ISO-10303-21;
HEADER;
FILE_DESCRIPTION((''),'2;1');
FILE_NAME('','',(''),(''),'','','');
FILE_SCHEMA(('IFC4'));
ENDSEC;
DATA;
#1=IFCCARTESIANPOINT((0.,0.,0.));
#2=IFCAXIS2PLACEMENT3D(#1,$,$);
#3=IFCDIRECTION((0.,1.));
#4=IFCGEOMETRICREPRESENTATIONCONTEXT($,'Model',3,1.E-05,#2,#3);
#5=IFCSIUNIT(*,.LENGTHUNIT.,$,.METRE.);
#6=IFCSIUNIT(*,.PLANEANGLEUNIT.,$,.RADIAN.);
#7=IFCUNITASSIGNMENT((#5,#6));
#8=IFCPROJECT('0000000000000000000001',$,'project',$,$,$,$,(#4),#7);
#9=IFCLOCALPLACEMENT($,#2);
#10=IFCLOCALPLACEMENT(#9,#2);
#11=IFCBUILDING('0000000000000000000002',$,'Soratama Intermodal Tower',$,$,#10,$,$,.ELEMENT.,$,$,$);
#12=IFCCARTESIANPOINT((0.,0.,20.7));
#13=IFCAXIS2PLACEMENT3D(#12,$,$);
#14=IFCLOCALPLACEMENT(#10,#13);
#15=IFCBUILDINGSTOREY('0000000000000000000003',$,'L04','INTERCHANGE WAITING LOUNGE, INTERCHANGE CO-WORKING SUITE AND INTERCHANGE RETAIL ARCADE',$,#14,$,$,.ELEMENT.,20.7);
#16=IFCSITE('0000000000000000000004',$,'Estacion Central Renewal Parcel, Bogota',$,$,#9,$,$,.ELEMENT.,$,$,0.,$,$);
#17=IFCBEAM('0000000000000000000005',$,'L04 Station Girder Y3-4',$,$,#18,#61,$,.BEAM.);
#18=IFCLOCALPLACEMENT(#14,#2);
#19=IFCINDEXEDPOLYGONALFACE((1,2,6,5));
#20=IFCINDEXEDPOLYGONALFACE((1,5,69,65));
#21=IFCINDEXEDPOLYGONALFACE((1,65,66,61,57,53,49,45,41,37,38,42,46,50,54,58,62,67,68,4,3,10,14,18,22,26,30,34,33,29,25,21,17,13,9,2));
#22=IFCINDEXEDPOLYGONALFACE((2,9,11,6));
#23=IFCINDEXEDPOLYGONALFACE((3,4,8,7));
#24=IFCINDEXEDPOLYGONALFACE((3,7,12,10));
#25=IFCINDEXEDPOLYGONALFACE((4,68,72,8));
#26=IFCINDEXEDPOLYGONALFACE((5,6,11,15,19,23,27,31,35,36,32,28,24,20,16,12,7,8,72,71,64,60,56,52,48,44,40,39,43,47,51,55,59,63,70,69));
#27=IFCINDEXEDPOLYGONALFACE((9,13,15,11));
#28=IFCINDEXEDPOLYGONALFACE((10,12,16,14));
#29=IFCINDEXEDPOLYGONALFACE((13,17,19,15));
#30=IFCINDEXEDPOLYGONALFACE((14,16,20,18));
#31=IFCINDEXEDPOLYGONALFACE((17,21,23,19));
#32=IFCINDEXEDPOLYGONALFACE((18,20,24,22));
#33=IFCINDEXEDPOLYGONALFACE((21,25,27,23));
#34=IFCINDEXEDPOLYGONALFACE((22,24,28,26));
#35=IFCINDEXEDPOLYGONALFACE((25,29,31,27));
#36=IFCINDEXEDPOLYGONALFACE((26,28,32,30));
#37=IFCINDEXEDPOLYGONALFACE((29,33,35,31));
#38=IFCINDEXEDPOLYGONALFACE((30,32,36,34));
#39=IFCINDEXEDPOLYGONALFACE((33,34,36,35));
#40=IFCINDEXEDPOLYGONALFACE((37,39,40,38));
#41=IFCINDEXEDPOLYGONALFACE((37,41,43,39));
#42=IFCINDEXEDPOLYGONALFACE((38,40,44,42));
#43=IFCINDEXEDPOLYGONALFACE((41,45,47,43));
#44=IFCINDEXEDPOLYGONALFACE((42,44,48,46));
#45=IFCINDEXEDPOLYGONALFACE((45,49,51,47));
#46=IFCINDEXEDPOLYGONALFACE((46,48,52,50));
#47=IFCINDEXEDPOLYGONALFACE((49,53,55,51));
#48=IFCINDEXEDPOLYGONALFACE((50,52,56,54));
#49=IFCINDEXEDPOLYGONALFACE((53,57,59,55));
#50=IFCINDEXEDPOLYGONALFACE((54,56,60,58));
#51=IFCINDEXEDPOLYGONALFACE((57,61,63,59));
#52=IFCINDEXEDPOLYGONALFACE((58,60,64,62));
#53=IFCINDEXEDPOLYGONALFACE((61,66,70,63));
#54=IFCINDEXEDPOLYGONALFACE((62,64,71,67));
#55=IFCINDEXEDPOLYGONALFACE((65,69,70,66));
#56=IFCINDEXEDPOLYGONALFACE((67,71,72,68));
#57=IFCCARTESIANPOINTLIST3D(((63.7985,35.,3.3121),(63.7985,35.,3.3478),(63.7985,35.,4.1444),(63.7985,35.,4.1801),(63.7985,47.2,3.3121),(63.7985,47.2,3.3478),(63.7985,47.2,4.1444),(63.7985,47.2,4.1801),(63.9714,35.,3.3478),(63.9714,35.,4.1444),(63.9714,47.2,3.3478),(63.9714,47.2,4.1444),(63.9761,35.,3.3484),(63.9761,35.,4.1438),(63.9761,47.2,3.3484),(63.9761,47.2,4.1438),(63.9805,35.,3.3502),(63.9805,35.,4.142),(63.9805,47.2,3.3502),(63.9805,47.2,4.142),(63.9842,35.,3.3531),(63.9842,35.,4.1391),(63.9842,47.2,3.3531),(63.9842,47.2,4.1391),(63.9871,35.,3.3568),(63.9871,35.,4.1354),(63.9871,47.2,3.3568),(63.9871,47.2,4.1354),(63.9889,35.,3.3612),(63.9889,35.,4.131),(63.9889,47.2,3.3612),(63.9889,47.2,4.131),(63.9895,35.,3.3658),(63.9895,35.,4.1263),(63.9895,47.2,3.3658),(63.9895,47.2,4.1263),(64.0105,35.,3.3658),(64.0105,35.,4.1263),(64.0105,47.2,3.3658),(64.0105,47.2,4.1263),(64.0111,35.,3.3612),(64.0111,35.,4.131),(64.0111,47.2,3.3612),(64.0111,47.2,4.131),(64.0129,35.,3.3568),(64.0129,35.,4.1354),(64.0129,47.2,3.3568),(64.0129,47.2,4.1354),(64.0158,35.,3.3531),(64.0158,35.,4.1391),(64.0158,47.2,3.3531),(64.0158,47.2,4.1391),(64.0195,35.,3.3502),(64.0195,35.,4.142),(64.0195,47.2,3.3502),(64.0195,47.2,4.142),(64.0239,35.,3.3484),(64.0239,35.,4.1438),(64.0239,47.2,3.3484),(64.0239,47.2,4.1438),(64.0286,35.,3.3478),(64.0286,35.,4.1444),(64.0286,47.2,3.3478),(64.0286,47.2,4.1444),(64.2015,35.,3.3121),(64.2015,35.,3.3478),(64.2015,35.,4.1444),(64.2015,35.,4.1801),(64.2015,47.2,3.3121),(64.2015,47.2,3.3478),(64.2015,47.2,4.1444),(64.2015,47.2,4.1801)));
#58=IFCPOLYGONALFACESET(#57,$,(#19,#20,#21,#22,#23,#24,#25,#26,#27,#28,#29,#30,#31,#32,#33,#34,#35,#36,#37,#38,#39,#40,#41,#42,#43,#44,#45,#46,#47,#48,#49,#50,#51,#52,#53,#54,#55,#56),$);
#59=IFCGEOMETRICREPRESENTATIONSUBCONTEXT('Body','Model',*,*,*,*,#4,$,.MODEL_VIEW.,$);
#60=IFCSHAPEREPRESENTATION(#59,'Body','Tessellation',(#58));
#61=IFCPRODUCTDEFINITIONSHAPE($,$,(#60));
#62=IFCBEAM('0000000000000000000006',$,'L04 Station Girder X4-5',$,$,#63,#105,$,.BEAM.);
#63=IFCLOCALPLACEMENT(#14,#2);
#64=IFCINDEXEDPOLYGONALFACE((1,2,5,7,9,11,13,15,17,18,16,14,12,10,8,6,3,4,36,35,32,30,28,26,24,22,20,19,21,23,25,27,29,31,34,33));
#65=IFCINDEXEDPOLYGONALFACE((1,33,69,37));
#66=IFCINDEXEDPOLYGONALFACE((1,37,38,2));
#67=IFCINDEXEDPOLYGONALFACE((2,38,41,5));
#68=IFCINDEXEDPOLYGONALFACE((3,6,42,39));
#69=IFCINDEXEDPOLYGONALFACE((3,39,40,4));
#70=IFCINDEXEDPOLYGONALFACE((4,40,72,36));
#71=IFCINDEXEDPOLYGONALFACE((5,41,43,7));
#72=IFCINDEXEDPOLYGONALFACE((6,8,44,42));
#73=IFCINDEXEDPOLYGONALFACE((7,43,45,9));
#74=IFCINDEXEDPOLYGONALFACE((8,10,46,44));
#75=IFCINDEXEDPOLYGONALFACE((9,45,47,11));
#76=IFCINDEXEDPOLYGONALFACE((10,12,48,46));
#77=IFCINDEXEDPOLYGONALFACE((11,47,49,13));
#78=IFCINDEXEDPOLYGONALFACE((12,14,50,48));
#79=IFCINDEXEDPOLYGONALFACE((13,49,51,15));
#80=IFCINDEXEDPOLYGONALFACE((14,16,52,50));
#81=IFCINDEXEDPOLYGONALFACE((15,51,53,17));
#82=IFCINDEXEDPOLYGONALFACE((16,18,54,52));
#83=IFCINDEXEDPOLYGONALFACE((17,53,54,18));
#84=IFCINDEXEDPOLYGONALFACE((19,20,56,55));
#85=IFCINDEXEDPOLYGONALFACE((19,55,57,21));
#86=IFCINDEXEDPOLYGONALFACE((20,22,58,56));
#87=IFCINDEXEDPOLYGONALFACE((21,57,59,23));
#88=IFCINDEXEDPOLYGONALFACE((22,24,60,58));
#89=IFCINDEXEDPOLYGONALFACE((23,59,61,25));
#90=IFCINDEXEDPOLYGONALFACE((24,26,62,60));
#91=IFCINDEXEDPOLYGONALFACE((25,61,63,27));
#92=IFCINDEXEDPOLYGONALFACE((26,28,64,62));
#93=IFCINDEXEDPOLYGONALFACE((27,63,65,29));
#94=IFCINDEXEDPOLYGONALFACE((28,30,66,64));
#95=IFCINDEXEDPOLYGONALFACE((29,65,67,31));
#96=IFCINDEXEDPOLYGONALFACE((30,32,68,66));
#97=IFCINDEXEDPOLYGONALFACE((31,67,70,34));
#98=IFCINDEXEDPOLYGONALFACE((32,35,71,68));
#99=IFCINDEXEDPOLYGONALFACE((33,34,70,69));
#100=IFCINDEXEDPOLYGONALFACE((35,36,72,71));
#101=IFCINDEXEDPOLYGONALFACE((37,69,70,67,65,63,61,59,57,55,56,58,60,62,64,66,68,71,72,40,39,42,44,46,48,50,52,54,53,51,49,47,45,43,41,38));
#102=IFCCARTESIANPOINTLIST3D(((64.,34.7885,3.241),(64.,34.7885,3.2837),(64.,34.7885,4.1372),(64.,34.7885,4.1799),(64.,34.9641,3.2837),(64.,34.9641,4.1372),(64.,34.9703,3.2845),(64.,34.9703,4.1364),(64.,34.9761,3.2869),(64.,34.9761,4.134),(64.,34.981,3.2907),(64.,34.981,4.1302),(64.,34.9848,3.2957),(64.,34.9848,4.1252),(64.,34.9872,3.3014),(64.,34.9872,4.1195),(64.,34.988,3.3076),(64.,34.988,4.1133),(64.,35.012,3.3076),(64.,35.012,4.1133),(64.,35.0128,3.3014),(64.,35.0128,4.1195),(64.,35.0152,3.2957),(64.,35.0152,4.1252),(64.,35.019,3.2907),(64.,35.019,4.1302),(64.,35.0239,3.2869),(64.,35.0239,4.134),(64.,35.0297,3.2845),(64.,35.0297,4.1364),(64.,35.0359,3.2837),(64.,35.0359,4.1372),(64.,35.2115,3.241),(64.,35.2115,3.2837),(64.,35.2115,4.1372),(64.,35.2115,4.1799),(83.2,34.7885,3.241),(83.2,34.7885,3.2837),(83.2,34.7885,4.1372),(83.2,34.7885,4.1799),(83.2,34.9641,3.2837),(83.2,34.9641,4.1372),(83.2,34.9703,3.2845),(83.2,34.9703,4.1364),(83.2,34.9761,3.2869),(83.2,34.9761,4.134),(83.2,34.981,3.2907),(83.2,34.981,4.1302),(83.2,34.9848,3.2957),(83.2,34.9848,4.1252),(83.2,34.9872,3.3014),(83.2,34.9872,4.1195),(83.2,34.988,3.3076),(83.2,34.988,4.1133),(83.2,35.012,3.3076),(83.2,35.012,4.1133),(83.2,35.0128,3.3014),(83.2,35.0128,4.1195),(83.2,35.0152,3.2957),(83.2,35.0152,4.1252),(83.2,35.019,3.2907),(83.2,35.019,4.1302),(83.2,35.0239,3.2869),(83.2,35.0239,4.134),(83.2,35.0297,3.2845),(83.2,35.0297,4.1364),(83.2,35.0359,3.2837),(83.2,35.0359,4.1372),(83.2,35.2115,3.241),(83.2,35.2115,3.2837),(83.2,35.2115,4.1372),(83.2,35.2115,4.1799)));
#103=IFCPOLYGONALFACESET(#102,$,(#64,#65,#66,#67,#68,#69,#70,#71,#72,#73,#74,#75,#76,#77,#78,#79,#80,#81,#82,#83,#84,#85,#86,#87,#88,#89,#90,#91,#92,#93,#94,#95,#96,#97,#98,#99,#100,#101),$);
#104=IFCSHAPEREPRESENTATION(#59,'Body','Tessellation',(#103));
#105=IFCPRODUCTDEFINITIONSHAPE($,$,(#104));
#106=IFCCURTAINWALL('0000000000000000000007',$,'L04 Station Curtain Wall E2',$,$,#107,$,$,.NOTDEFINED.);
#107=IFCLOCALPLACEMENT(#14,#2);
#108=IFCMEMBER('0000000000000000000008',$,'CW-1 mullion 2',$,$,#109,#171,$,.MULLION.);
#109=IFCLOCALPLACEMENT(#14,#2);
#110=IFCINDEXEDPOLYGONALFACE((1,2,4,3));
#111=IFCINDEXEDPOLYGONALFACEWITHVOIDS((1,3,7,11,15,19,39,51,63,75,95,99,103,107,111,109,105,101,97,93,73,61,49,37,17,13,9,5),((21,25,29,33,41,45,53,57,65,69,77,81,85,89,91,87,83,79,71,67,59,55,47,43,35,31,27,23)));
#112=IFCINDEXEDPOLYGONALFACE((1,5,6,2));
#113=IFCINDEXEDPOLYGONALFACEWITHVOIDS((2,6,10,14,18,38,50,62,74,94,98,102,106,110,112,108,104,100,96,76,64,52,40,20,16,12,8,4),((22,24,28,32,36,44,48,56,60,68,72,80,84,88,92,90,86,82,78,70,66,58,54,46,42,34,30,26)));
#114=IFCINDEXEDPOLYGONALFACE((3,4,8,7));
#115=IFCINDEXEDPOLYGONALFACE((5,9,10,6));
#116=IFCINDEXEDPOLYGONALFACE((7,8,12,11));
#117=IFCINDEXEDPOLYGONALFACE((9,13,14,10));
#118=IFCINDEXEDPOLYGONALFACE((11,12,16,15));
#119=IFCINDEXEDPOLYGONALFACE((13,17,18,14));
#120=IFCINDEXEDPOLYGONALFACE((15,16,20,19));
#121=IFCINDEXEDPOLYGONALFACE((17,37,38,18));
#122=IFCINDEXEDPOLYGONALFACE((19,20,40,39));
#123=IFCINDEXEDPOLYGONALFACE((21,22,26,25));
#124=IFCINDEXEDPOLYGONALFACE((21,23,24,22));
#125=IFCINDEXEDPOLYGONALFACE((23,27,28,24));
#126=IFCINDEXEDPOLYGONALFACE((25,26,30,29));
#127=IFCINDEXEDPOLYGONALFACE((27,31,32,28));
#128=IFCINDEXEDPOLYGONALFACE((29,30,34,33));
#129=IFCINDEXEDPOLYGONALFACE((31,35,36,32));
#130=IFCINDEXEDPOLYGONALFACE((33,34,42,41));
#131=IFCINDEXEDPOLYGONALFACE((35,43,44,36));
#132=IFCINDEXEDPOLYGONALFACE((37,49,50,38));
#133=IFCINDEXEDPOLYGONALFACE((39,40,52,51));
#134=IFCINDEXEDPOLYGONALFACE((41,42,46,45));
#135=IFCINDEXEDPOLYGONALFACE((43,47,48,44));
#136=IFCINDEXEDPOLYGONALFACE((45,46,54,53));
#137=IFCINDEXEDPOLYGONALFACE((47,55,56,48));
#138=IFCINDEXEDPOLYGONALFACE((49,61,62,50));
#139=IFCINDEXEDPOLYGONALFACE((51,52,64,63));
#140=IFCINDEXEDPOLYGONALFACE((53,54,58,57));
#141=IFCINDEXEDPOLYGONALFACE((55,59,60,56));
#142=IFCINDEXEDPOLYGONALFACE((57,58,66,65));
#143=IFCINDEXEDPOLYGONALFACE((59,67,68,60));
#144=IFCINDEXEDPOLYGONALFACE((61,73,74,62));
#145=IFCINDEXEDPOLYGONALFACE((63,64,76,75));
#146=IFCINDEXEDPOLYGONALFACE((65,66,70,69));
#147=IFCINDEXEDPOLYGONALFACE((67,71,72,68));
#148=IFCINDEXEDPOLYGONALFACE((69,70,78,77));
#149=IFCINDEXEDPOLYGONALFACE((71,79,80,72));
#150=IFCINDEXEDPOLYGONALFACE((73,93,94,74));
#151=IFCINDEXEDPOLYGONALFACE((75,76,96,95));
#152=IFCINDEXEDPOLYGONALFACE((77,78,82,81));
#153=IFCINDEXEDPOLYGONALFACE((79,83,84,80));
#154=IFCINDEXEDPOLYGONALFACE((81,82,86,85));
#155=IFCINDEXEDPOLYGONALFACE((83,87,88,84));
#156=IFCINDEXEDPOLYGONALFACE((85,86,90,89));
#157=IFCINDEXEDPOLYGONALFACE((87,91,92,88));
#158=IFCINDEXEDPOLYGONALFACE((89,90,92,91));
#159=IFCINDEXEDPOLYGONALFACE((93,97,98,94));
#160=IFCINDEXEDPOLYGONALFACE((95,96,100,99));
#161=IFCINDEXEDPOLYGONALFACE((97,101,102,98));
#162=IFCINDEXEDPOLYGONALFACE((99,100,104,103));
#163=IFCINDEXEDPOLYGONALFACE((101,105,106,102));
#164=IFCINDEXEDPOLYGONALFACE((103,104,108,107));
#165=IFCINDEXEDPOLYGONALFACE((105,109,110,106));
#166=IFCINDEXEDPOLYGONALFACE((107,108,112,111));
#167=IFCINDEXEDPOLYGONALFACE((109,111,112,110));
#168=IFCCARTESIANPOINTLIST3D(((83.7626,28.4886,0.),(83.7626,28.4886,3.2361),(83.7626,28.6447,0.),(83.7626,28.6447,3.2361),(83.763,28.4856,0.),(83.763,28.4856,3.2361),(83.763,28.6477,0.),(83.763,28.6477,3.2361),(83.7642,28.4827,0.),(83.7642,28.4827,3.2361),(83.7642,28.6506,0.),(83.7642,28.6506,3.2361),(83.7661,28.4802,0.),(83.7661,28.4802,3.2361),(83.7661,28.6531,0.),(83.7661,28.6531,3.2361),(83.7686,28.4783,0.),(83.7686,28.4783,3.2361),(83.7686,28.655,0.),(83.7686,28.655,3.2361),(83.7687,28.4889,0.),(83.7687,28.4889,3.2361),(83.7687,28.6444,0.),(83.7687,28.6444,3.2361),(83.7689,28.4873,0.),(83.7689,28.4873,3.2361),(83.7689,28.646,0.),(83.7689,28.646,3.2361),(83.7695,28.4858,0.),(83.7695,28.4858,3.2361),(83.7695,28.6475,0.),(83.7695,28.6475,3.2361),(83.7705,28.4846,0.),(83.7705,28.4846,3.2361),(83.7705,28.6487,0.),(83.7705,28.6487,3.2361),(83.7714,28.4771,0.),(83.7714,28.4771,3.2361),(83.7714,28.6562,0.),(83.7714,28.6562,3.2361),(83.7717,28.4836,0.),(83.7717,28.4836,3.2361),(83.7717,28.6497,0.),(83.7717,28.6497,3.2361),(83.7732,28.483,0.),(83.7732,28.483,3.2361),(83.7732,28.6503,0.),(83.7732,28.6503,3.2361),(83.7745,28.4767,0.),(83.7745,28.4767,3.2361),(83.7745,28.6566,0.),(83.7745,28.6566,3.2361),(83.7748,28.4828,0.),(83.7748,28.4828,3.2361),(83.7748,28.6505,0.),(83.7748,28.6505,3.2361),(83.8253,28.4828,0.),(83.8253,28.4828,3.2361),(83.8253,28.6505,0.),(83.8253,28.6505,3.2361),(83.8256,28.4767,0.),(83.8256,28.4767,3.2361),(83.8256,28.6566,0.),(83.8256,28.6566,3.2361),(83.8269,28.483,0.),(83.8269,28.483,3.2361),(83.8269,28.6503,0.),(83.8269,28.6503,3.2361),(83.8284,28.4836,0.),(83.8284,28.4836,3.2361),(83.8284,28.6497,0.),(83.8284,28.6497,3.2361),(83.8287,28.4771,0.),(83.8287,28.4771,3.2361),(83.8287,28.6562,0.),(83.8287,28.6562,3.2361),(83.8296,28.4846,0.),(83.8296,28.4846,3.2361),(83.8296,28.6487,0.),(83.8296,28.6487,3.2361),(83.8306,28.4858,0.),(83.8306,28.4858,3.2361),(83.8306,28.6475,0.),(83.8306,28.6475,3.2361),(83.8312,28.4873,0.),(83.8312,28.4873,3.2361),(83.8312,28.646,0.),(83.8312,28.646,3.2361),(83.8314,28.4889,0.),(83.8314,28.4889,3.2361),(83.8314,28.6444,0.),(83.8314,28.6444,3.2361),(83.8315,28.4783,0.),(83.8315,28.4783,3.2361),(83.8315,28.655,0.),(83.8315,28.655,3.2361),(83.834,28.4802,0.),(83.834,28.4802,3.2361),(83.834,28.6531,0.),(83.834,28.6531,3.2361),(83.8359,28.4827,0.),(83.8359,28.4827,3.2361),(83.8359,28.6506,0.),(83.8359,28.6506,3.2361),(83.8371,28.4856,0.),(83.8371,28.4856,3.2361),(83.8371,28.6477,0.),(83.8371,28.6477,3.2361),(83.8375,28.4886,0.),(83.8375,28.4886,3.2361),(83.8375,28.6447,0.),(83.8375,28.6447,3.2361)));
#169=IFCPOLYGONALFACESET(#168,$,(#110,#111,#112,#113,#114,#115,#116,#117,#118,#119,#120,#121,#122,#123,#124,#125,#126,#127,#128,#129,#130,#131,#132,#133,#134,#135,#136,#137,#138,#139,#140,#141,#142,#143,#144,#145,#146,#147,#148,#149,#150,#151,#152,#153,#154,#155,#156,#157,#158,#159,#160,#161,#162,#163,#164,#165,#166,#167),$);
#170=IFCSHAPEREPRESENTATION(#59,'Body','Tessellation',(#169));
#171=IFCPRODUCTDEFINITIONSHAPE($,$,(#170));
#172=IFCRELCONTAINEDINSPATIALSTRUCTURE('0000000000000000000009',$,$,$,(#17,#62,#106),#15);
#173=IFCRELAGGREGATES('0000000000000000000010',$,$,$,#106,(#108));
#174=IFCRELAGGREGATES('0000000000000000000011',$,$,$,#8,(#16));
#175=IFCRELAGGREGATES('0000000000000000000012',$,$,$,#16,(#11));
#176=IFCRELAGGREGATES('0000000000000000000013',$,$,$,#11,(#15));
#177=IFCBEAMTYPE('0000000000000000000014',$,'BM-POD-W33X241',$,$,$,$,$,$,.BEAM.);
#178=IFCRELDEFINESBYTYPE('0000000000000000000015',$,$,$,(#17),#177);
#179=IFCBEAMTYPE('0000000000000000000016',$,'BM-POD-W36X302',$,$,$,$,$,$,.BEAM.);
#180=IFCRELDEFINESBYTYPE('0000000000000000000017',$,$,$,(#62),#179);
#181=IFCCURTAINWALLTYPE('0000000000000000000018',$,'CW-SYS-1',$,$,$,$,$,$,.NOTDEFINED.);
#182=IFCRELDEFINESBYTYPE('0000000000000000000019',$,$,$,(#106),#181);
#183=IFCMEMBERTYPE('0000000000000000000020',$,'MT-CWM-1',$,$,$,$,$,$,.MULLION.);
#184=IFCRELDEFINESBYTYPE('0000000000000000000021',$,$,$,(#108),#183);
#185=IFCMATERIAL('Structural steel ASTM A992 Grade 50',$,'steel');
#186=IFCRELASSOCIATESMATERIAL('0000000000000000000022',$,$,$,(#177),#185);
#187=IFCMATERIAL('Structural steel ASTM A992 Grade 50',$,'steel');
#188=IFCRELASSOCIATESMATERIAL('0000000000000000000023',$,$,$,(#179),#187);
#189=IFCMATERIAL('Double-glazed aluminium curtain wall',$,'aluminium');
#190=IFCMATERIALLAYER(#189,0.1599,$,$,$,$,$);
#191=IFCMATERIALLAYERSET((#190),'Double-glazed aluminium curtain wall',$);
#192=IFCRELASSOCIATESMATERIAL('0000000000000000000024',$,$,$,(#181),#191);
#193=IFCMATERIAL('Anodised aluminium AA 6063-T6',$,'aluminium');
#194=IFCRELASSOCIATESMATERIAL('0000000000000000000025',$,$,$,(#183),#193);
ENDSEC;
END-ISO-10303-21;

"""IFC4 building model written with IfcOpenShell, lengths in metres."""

from ifc_helpers import new_model, si_unit, direction, frame, origin, origin_2d, place, context, subcontext, project, spatial, hollow_rectangle, i_section, extrude, material, layer, layer_set, material_profile, profile_set, type_object, element, aggregate, save


model = new_model("IFC4")

# Units and contexts
model_context = context("Model", 3, precision=1e-05, world=origin(), true_north=direction((0.0, 1.0)))
body_context = subcontext(model_context, "Body", "Model", "MODEL_VIEW")
ifc_project = project(units=[si_unit("LENGTHUNIT", "METRE"), si_unit("PLANEANGLEUNIT", "RADIAN")], contexts=[model_context])

# Site, building, storey
site_placement = place(None, origin())
site = spatial("IfcSite", under=ifc_project, at=site_placement, Name="Estacion Central Renewal Parcel, Bogota", CompositionType="ELEMENT", RefElevation=0.0)
building_placement = place(site_placement, origin())
building = spatial("IfcBuilding", under=site, at=building_placement, Name="Soratama Intermodal Tower", CompositionType="ELEMENT")
storey_placement = place(building_placement, frame((0.0, 0.0, 20.7)))
storey = spatial("IfcBuildingStorey", under=building, at=storey_placement, Name="L04", Description="INTERCHANGE WAITING LOUNGE, INTERCHANGE CO-WORKING SUITE AND INTERCHANGE RETAIL ARCADE", CompositionType="ELEMENT", Elevation=20.7)

# Beams
ifc_material_1 = material(Name="Structural steel ASTM A992 Grade 50", Category="steel")
ifc_material_profile_1 = material_profile(ifc_material_1, i_section(OverallWidth=0.4031, OverallDepth=0.8679, WebThickness=0.021, FlangeThickness=0.0356, FilletRadius=0.0181, at=origin_2d()), Name="W33X241")
ifc_profile_set_1 = profile_set([ifc_material_profile_1], Name="Structural steel ASTM A992 Grade 50")
beam_type_1 = type_object("IfcBeamType", Name="BM-POD-W33X241", PredefinedType="BEAM", material=ifc_profile_set_1)
beam_1_placement = place(storey_placement, frame((64.0, 35.0, 3.7461), z_axis=(0.0, 1.0, 0.0), x_axis=(-1.0, 0.0, 0.0)))
element("IfcBeam", 1, at=beam_1_placement, inside=storey, type_object=beam_type_1, Name="L04 Station Girder Y3-4", PredefinedType="BEAM", context=body_context, shape_type="SweptSolid", body=[
    extrude(i_section(OverallWidth=0.4031, OverallDepth=0.8679, WebThickness=0.021, FlangeThickness=0.0356, FilletRadius=0.0181, at=origin_2d()), origin(), (0.0, 0.0, 1.0), 12.2),
])
ifc_material_2 = material(Name="Structural steel ASTM A992 Grade 50", Category="steel")
ifc_material_profile_2 = material_profile(ifc_material_2, i_section(OverallWidth=0.4231, OverallDepth=0.939, WebThickness=0.0239, FlangeThickness=0.0427, FilletRadius=0.0239, at=origin_2d()), Name="W36X302")
ifc_profile_set_2 = profile_set([ifc_material_profile_2], Name="Structural steel ASTM A992 Grade 50")
beam_type_2 = type_object("IfcBeamType", Name="BM-POD-W36X302", PredefinedType="BEAM", material=ifc_profile_set_2)
beam_2_placement = place(storey_placement, frame((64.0, 35.0, 3.7104), z_axis=(1.0, 0.0, 0.0), x_axis=(0.0, 1.0, 0.0)))
element("IfcBeam", 2, at=beam_2_placement, inside=storey, type_object=beam_type_2, Name="L04 Station Girder X4-5", PredefinedType="BEAM", context=body_context, shape_type="SweptSolid", body=[
    extrude(i_section(OverallWidth=0.4231, OverallDepth=0.939, WebThickness=0.0239, FlangeThickness=0.0427, FilletRadius=0.0239, at=origin_2d()), origin(), (0.0, 0.0, 1.0), 19.2),
])

# Curtain wall, member
ifc_material_3 = material(Name="Double-glazed aluminium curtain wall", Category="aluminium")
ifc_layer_1 = layer(ifc_material_3, 0.1599)
ifc_layer_set_1 = layer_set([ifc_layer_1], Name="Double-glazed aluminium curtain wall")
curtain_wall_type = type_object("IfcCurtainWallType", Name="CW-SYS-1", PredefinedType="NOTDEFINED", material=ifc_layer_set_1)
curtain_wall_placement = place(storey_placement, origin())
curtain_wall = element("IfcCurtainWall", 3, at=curtain_wall_placement, inside=storey, type_object=curtain_wall_type, Name="L04 Station Curtain Wall E2", PredefinedType="NOTDEFINED")
ifc_material_4 = material(Name="Anodised aluminium AA 6063-T6", Category="aluminium")
ifc_material_profile_3 = material_profile(ifc_material_4, hollow_rectangle(XDim=0.075, YDim=0.1799, WallThickness=0.0061, InnerFilletRadius=0.0061, OuterFilletRadius=0.012, at=origin_2d()), Name="CWM180X75X6")
ifc_profile_set_3 = profile_set([ifc_material_profile_3], Name="Anodised aluminium AA 6063-T6")
member_type_1 = type_object("IfcMemberType", Name="MT-CWM-1", PredefinedType="MULLION", material=ifc_profile_set_3)
member_1_placement = place(storey_placement, frame((83.8, 28.5667, 0.0), z_axis=(0.0, 0.0, 1.0), x_axis=(-1.0, 0.0, 0.0)))
member_1 = element("IfcMember", 4, at=member_1_placement, type_object=member_type_1, Name="CW-1 mullion 2", PredefinedType="MULLION", context=body_context, shape_type="SweptSolid", body=[
    extrude(hollow_rectangle(XDim=0.075, YDim=0.1799, WallThickness=0.0061, InnerFilletRadius=0.0061, OuterFilletRadius=0.012, at=origin_2d()), origin(), (0.0, 0.0, 1.0), 3.2361),
])
aggregate(curtain_wall, [member_1])

save(model, "model.ifc")
